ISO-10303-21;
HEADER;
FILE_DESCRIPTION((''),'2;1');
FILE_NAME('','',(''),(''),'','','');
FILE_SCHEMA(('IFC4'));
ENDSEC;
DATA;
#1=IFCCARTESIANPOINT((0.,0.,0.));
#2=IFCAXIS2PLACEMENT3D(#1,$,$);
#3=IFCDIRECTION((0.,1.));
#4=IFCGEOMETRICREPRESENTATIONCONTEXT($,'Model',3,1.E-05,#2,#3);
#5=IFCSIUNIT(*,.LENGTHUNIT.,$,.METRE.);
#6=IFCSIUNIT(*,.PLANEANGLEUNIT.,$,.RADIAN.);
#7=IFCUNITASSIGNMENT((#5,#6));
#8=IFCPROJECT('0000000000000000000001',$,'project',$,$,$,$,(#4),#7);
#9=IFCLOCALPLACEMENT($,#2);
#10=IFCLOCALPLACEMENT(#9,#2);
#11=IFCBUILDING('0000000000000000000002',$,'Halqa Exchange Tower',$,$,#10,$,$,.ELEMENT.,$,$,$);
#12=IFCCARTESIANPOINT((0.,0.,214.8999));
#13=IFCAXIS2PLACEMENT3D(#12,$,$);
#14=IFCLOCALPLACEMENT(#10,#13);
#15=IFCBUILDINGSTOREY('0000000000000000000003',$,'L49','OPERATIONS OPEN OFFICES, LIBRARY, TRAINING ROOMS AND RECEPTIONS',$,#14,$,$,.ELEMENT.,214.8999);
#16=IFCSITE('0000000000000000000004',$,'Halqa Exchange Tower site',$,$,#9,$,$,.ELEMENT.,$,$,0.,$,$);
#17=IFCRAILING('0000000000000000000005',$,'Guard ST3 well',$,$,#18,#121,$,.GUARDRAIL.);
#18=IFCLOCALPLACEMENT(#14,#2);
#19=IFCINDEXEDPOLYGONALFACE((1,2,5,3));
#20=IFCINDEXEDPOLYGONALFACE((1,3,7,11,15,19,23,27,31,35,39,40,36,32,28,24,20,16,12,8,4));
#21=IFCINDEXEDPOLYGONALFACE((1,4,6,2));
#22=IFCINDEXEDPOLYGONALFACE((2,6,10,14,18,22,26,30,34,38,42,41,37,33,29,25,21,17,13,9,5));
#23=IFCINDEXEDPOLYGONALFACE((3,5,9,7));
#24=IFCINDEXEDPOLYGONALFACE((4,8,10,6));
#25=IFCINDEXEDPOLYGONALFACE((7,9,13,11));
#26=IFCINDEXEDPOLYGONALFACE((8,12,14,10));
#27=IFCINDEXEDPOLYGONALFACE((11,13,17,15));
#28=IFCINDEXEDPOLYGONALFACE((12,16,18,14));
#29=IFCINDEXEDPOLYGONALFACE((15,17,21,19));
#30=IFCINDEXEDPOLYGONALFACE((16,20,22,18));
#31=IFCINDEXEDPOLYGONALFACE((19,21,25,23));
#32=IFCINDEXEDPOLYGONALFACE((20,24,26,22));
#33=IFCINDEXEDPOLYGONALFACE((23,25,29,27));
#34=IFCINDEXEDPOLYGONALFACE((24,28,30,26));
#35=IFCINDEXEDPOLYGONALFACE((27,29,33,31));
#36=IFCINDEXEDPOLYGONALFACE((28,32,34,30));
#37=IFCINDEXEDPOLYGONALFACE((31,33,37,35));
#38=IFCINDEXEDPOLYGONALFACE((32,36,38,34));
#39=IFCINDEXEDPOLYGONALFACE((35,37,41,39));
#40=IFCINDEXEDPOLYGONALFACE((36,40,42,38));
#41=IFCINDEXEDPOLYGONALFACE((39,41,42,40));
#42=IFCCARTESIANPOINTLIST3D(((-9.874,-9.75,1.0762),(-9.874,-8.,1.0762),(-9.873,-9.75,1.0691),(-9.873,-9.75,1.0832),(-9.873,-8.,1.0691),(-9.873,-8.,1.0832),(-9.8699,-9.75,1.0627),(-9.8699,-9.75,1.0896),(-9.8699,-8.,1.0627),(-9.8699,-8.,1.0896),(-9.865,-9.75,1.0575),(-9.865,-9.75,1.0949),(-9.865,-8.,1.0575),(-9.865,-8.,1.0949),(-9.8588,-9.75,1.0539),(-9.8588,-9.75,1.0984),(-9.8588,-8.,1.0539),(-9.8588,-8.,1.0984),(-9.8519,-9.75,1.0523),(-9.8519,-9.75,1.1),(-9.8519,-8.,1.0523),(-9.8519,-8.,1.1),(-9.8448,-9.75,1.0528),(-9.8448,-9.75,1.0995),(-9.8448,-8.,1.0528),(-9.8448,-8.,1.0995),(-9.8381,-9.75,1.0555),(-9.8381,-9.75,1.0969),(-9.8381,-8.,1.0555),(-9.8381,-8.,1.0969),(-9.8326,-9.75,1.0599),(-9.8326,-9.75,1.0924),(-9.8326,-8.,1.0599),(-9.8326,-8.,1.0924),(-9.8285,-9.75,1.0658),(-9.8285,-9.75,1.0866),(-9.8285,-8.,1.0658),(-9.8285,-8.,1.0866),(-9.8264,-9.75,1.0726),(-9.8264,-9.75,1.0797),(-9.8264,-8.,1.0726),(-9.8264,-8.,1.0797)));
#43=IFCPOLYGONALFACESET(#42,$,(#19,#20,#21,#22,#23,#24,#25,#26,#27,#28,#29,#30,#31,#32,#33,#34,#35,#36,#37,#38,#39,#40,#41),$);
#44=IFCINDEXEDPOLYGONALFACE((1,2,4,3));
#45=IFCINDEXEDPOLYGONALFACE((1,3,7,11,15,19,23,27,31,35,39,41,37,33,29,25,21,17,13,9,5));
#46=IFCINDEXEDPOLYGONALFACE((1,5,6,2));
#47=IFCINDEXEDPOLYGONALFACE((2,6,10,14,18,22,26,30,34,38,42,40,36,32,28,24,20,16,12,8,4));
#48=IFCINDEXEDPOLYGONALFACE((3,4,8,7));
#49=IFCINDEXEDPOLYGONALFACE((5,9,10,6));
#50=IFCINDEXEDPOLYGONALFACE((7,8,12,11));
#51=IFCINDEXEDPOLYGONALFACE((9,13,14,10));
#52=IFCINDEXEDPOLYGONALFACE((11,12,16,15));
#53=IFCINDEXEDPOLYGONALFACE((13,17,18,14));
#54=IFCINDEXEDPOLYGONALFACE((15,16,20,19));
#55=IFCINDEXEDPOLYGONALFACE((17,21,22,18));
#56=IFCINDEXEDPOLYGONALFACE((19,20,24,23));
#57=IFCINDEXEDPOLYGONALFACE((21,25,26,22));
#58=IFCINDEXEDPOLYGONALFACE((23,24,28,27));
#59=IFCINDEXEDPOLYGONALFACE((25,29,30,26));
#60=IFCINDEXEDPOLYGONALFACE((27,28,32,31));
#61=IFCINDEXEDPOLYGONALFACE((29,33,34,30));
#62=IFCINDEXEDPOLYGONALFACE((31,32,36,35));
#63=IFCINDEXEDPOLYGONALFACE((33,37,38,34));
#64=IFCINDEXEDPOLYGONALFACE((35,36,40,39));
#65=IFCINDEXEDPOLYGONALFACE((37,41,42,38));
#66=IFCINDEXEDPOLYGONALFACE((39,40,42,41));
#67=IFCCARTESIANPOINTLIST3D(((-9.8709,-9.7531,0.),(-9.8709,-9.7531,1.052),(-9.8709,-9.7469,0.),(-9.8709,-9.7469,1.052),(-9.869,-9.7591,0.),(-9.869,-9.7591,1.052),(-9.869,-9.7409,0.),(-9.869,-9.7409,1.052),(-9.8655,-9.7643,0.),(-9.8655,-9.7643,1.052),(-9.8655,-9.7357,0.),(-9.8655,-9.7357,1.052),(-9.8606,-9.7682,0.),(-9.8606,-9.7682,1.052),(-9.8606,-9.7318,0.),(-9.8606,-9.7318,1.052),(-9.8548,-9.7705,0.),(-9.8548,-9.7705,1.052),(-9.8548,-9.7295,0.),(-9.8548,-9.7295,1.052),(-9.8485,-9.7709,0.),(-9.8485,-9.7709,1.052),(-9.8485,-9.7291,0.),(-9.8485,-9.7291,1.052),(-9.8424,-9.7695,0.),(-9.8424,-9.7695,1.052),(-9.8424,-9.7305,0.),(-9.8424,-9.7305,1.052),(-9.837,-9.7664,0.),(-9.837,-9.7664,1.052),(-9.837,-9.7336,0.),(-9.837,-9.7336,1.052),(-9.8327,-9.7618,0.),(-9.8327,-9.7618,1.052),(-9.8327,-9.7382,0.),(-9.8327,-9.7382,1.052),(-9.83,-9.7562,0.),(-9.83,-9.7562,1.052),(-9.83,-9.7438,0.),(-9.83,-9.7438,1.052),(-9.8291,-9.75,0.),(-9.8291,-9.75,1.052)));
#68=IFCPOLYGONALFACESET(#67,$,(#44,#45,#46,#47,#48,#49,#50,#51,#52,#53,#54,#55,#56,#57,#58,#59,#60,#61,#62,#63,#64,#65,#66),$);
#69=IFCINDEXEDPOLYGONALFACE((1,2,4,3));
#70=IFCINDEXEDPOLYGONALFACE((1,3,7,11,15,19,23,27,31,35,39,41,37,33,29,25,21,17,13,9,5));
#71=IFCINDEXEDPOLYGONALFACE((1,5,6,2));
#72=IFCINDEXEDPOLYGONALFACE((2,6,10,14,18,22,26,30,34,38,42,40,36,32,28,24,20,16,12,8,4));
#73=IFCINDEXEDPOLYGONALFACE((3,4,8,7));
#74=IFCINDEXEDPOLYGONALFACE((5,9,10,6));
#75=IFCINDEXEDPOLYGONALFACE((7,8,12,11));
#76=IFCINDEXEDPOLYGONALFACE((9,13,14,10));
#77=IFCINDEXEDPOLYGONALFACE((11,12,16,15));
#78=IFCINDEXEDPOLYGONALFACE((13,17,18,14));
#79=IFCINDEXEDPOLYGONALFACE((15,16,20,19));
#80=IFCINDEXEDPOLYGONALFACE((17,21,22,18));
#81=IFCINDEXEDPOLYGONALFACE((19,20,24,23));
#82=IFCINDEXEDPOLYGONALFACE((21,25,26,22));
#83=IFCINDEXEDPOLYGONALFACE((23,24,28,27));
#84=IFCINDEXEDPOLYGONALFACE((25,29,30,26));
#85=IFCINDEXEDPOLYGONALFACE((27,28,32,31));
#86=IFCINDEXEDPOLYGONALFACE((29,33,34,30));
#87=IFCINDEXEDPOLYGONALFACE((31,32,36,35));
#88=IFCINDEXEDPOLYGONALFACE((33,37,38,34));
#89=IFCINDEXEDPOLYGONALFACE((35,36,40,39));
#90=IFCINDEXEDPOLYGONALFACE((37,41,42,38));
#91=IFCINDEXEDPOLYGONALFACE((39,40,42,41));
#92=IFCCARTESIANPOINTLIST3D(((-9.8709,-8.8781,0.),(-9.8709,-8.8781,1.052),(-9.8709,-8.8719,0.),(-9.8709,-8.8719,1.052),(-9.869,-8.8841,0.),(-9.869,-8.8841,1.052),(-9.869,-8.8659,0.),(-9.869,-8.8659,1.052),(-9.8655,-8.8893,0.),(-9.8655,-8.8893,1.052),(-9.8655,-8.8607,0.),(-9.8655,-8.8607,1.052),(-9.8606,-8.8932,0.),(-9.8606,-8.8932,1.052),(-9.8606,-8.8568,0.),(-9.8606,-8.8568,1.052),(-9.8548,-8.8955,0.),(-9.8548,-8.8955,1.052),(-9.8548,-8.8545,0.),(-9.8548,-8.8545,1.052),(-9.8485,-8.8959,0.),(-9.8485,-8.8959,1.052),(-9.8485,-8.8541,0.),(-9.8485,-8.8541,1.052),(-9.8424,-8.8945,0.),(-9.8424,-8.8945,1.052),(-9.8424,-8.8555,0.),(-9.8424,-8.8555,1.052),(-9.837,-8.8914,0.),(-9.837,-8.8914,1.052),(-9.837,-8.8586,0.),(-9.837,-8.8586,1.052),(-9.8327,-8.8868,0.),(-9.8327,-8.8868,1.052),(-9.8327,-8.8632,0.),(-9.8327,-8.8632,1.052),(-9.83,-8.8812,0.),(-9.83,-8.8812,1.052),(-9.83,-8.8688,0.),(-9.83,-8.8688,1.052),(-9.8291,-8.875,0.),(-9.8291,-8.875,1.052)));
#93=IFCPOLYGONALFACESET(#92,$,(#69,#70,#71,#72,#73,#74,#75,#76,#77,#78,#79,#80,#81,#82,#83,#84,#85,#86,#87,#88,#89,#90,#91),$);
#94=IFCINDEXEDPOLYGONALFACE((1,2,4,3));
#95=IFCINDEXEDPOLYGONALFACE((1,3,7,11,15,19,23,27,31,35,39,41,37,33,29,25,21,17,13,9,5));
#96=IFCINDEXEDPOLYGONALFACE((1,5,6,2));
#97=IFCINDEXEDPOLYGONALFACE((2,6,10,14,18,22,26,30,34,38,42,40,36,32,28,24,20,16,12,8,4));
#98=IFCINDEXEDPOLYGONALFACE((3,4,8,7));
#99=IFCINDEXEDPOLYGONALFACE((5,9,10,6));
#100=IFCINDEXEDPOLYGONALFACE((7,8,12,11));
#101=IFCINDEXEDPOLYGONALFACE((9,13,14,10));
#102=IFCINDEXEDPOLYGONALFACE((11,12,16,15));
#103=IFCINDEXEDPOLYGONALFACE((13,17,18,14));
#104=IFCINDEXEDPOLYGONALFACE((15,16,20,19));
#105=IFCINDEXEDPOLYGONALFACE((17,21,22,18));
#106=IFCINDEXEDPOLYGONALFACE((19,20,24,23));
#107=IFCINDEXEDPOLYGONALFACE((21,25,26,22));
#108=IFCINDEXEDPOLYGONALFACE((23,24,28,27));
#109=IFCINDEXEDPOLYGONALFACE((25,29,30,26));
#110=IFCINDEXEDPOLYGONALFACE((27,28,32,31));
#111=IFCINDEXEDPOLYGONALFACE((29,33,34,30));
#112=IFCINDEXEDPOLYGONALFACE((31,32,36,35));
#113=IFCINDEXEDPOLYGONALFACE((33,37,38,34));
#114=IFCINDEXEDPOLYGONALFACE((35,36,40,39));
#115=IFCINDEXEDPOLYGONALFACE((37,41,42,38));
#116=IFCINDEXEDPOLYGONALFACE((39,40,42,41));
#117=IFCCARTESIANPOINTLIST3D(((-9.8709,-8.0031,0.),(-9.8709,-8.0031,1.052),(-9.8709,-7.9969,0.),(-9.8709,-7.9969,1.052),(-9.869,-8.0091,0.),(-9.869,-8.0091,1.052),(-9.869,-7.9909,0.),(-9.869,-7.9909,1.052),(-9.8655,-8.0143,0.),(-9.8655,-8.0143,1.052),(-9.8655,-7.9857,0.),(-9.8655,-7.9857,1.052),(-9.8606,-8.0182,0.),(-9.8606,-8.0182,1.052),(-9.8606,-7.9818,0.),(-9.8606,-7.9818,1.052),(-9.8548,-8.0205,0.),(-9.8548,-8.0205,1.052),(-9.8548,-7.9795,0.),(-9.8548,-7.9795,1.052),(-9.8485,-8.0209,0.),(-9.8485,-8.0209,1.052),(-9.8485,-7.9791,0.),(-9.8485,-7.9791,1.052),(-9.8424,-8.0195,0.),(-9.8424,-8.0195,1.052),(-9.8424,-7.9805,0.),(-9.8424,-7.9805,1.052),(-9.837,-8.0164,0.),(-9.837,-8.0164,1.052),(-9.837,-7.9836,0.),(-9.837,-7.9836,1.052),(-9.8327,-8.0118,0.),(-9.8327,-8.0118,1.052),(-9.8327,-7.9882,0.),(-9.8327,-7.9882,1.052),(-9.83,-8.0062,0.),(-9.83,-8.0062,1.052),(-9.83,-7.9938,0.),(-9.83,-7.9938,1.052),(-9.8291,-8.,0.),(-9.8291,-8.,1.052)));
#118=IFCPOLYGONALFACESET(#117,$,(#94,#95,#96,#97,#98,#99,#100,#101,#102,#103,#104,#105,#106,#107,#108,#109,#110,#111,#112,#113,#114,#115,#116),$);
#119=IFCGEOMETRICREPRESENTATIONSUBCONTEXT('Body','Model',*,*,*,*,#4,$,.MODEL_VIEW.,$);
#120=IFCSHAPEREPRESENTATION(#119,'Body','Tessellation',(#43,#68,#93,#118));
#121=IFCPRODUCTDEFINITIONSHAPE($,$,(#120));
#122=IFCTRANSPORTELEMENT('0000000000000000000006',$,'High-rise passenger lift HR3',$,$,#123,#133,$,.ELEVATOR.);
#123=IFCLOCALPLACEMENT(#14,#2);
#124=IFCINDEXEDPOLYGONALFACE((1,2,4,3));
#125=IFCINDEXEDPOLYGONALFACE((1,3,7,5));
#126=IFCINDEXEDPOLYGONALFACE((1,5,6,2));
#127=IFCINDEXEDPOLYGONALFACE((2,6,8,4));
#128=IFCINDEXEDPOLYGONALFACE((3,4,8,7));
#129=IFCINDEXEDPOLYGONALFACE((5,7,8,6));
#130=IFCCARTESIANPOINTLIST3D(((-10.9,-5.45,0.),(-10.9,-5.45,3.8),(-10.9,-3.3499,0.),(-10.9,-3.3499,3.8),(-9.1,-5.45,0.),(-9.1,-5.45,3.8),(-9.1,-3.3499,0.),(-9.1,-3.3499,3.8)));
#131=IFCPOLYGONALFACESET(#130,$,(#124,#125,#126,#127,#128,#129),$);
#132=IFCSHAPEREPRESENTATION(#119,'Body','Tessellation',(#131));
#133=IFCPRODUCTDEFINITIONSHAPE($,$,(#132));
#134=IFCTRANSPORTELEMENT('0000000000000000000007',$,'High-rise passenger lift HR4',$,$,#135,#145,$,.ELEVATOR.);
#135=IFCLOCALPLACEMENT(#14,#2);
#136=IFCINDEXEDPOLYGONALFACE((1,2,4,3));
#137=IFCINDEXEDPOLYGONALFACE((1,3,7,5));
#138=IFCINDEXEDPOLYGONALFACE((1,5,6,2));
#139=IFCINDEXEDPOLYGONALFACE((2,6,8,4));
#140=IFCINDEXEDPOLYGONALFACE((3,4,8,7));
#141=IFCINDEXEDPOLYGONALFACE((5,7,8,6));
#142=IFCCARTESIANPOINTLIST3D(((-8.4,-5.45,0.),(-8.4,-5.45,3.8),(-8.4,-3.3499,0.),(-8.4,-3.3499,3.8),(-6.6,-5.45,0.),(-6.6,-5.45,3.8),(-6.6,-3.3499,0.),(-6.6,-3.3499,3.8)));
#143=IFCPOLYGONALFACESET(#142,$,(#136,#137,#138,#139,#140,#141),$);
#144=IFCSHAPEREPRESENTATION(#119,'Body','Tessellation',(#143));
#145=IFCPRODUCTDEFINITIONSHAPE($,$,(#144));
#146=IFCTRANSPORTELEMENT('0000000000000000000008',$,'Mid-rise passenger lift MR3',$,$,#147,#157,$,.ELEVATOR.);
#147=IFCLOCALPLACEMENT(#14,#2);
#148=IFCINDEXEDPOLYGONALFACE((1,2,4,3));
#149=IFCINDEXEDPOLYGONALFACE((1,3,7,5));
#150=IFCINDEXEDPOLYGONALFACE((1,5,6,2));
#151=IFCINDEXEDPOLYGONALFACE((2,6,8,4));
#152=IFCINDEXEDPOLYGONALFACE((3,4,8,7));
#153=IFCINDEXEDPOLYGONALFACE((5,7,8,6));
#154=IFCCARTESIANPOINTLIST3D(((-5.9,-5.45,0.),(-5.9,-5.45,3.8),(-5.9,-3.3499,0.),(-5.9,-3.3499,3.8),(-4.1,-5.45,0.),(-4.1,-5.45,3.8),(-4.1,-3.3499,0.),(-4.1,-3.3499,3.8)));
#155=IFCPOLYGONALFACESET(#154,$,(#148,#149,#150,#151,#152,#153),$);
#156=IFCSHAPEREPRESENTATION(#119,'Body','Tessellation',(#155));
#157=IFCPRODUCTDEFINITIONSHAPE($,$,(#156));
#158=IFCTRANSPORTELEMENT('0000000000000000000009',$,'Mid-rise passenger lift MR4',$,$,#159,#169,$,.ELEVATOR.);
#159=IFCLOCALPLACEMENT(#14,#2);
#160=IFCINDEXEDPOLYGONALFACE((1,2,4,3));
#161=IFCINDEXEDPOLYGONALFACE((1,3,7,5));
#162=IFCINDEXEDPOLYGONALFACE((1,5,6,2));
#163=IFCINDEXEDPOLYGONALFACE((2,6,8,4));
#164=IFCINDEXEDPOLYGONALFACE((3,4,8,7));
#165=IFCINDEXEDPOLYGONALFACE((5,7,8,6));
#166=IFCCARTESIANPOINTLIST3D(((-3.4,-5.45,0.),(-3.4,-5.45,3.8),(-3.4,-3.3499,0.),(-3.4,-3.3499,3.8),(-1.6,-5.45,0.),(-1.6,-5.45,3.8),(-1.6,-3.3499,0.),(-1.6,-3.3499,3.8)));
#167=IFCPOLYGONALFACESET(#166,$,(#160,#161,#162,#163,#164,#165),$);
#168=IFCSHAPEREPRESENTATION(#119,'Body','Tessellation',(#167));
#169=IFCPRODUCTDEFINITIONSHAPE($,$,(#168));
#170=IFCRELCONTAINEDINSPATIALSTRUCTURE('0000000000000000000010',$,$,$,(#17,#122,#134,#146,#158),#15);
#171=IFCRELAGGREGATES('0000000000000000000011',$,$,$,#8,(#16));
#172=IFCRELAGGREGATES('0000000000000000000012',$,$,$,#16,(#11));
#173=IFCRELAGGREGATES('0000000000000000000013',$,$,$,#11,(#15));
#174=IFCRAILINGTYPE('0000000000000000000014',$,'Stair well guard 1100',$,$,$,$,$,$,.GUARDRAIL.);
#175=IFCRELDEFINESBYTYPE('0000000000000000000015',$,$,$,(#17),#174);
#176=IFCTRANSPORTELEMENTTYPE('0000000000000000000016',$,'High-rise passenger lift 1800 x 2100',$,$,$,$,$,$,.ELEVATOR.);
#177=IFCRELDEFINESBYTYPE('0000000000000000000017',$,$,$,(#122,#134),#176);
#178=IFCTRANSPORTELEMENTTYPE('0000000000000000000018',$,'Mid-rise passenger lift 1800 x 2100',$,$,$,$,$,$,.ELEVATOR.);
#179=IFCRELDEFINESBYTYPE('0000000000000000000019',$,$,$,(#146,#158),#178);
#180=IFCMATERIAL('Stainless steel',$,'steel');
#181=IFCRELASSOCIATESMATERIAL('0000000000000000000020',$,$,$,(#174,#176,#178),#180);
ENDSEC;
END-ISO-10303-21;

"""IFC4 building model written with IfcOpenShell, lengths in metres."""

from ifc_helpers import new_model, si_unit, direction, frame, origin, origin_2d, place, context, subcontext, project, spatial, rectangle, circle, extrude, material, type_object, element, save


model = new_model("IFC4")

# Units and contexts
model_context = context("Model", 3, precision=1e-05, world=origin(), true_north=direction((0.0, 1.0)))
body_context = subcontext(model_context, "Body", "Model", "MODEL_VIEW")
ifc_project = project(units=[si_unit("LENGTHUNIT", "METRE"), si_unit("PLANEANGLEUNIT", "RADIAN")], contexts=[model_context])

# Site, building, storey
site_placement = place(None, origin())
site = spatial("IfcSite", under=ifc_project, at=site_placement, Name="Halqa Exchange Tower site", CompositionType="ELEMENT", RefElevation=0.0)
building_placement = place(site_placement, origin())
building = spatial("IfcBuilding", under=site, at=building_placement, Name="Halqa Exchange Tower", CompositionType="ELEMENT")
storey_placement = place(building_placement, frame((0.0, 0.0, 214.8999)))
storey = spatial("IfcBuildingStorey", under=building, at=storey_placement, Name="L49", Description="OPERATIONS OPEN OFFICES, LIBRARY, TRAINING ROOMS AND RECEPTIONS", CompositionType="ELEMENT", Elevation=214.8999)

# Shared definitions
ifc_material_1 = material(Name="Stainless steel", Category="steel")

# Railing
railing_type_1 = type_object("IfcRailingType", Name="Stair well guard 1100", PredefinedType="GUARDRAIL", material=ifc_material_1)
railing_1_placement = place(storey_placement, frame((-9.8501, -9.75, 0.0)))
element("IfcRailing", 1, at=railing_1_placement, inside=storey, type_object=railing_type_1, Name="Guard ST3 well", PredefinedType="GUARDRAIL", context=body_context, shape_type="SweptSolid", body=[
    extrude(circle(Radius=0.0239, at=origin_2d()), frame((0.0, 0.0, 1.0762), z_axis=(0.0, 1.0, 0.0), x_axis=(-1.0, 0.0, 0.0)), (0.0, 0.0, 1.0), 1.75),
    extrude(circle(Radius=0.021, at=origin_2d()), origin(), (0.0, 0.0, 1.0), 1.052),
    extrude(circle(Radius=0.021, at=origin_2d()), frame((0.0, 0.875, 0.0)), (0.0, 0.0, 1.0), 1.052),
    extrude(circle(Radius=0.021, at=origin_2d()), frame((0.0, 1.75, 0.0)), (0.0, 0.0, 1.0), 1.052),
])

# Transport elements
transport_element_type_1 = type_object("IfcTransportElementType", Name="High-rise passenger lift 1800 x 2100", PredefinedType="ELEVATOR", material=ifc_material_1)
for number, where, z_axis, x_axis, name in (
    (2, (-10.0, -4.3999, 0.0), (0.0, 0.0, 1.0), (1.0, 0.0, 0.0), "High-rise passenger lift HR3"),
    (3, (-7.5, -4.3999, 0.0), (0.0, 0.0, 1.0), (1.0, 0.0, 0.0), "High-rise passenger lift HR4"),
):
    element("IfcTransportElement", number, at=place(storey_placement, frame(where, z_axis=z_axis, x_axis=x_axis)), inside=storey, type_object=transport_element_type_1, Name=name, PredefinedType="ELEVATOR", context=body_context, shape_type="SweptSolid", body=[
        extrude(rectangle(XDim=1.8, YDim=2.1001, at=origin_2d()), origin(), (0.0, 0.0, 1.0), 3.8),
    ])
transport_element_type_2 = type_object("IfcTransportElementType", Name="Mid-rise passenger lift 1800 x 2100", PredefinedType="ELEVATOR", material=ifc_material_1)
for number, where, z_axis, x_axis, name in (
    (4, (-5.0, -4.3999, 0.0), (0.0, 0.0, 1.0), (1.0, 0.0, 0.0), "Mid-rise passenger lift MR3"),
    (5, (-2.5, -4.3999, 0.0), (0.0, 0.0, 1.0), (1.0, 0.0, 0.0), "Mid-rise passenger lift MR4"),
):
    element("IfcTransportElement", number, at=place(storey_placement, frame(where, z_axis=z_axis, x_axis=x_axis)), inside=storey, type_object=transport_element_type_2, Name=name, PredefinedType="ELEVATOR", context=body_context, shape_type="SweptSolid", body=[
        extrude(rectangle(XDim=1.8, YDim=2.1001, at=origin_2d()), origin(), (0.0, 0.0, 1.0), 3.8),
    ])

save(model, "model.ifc")
